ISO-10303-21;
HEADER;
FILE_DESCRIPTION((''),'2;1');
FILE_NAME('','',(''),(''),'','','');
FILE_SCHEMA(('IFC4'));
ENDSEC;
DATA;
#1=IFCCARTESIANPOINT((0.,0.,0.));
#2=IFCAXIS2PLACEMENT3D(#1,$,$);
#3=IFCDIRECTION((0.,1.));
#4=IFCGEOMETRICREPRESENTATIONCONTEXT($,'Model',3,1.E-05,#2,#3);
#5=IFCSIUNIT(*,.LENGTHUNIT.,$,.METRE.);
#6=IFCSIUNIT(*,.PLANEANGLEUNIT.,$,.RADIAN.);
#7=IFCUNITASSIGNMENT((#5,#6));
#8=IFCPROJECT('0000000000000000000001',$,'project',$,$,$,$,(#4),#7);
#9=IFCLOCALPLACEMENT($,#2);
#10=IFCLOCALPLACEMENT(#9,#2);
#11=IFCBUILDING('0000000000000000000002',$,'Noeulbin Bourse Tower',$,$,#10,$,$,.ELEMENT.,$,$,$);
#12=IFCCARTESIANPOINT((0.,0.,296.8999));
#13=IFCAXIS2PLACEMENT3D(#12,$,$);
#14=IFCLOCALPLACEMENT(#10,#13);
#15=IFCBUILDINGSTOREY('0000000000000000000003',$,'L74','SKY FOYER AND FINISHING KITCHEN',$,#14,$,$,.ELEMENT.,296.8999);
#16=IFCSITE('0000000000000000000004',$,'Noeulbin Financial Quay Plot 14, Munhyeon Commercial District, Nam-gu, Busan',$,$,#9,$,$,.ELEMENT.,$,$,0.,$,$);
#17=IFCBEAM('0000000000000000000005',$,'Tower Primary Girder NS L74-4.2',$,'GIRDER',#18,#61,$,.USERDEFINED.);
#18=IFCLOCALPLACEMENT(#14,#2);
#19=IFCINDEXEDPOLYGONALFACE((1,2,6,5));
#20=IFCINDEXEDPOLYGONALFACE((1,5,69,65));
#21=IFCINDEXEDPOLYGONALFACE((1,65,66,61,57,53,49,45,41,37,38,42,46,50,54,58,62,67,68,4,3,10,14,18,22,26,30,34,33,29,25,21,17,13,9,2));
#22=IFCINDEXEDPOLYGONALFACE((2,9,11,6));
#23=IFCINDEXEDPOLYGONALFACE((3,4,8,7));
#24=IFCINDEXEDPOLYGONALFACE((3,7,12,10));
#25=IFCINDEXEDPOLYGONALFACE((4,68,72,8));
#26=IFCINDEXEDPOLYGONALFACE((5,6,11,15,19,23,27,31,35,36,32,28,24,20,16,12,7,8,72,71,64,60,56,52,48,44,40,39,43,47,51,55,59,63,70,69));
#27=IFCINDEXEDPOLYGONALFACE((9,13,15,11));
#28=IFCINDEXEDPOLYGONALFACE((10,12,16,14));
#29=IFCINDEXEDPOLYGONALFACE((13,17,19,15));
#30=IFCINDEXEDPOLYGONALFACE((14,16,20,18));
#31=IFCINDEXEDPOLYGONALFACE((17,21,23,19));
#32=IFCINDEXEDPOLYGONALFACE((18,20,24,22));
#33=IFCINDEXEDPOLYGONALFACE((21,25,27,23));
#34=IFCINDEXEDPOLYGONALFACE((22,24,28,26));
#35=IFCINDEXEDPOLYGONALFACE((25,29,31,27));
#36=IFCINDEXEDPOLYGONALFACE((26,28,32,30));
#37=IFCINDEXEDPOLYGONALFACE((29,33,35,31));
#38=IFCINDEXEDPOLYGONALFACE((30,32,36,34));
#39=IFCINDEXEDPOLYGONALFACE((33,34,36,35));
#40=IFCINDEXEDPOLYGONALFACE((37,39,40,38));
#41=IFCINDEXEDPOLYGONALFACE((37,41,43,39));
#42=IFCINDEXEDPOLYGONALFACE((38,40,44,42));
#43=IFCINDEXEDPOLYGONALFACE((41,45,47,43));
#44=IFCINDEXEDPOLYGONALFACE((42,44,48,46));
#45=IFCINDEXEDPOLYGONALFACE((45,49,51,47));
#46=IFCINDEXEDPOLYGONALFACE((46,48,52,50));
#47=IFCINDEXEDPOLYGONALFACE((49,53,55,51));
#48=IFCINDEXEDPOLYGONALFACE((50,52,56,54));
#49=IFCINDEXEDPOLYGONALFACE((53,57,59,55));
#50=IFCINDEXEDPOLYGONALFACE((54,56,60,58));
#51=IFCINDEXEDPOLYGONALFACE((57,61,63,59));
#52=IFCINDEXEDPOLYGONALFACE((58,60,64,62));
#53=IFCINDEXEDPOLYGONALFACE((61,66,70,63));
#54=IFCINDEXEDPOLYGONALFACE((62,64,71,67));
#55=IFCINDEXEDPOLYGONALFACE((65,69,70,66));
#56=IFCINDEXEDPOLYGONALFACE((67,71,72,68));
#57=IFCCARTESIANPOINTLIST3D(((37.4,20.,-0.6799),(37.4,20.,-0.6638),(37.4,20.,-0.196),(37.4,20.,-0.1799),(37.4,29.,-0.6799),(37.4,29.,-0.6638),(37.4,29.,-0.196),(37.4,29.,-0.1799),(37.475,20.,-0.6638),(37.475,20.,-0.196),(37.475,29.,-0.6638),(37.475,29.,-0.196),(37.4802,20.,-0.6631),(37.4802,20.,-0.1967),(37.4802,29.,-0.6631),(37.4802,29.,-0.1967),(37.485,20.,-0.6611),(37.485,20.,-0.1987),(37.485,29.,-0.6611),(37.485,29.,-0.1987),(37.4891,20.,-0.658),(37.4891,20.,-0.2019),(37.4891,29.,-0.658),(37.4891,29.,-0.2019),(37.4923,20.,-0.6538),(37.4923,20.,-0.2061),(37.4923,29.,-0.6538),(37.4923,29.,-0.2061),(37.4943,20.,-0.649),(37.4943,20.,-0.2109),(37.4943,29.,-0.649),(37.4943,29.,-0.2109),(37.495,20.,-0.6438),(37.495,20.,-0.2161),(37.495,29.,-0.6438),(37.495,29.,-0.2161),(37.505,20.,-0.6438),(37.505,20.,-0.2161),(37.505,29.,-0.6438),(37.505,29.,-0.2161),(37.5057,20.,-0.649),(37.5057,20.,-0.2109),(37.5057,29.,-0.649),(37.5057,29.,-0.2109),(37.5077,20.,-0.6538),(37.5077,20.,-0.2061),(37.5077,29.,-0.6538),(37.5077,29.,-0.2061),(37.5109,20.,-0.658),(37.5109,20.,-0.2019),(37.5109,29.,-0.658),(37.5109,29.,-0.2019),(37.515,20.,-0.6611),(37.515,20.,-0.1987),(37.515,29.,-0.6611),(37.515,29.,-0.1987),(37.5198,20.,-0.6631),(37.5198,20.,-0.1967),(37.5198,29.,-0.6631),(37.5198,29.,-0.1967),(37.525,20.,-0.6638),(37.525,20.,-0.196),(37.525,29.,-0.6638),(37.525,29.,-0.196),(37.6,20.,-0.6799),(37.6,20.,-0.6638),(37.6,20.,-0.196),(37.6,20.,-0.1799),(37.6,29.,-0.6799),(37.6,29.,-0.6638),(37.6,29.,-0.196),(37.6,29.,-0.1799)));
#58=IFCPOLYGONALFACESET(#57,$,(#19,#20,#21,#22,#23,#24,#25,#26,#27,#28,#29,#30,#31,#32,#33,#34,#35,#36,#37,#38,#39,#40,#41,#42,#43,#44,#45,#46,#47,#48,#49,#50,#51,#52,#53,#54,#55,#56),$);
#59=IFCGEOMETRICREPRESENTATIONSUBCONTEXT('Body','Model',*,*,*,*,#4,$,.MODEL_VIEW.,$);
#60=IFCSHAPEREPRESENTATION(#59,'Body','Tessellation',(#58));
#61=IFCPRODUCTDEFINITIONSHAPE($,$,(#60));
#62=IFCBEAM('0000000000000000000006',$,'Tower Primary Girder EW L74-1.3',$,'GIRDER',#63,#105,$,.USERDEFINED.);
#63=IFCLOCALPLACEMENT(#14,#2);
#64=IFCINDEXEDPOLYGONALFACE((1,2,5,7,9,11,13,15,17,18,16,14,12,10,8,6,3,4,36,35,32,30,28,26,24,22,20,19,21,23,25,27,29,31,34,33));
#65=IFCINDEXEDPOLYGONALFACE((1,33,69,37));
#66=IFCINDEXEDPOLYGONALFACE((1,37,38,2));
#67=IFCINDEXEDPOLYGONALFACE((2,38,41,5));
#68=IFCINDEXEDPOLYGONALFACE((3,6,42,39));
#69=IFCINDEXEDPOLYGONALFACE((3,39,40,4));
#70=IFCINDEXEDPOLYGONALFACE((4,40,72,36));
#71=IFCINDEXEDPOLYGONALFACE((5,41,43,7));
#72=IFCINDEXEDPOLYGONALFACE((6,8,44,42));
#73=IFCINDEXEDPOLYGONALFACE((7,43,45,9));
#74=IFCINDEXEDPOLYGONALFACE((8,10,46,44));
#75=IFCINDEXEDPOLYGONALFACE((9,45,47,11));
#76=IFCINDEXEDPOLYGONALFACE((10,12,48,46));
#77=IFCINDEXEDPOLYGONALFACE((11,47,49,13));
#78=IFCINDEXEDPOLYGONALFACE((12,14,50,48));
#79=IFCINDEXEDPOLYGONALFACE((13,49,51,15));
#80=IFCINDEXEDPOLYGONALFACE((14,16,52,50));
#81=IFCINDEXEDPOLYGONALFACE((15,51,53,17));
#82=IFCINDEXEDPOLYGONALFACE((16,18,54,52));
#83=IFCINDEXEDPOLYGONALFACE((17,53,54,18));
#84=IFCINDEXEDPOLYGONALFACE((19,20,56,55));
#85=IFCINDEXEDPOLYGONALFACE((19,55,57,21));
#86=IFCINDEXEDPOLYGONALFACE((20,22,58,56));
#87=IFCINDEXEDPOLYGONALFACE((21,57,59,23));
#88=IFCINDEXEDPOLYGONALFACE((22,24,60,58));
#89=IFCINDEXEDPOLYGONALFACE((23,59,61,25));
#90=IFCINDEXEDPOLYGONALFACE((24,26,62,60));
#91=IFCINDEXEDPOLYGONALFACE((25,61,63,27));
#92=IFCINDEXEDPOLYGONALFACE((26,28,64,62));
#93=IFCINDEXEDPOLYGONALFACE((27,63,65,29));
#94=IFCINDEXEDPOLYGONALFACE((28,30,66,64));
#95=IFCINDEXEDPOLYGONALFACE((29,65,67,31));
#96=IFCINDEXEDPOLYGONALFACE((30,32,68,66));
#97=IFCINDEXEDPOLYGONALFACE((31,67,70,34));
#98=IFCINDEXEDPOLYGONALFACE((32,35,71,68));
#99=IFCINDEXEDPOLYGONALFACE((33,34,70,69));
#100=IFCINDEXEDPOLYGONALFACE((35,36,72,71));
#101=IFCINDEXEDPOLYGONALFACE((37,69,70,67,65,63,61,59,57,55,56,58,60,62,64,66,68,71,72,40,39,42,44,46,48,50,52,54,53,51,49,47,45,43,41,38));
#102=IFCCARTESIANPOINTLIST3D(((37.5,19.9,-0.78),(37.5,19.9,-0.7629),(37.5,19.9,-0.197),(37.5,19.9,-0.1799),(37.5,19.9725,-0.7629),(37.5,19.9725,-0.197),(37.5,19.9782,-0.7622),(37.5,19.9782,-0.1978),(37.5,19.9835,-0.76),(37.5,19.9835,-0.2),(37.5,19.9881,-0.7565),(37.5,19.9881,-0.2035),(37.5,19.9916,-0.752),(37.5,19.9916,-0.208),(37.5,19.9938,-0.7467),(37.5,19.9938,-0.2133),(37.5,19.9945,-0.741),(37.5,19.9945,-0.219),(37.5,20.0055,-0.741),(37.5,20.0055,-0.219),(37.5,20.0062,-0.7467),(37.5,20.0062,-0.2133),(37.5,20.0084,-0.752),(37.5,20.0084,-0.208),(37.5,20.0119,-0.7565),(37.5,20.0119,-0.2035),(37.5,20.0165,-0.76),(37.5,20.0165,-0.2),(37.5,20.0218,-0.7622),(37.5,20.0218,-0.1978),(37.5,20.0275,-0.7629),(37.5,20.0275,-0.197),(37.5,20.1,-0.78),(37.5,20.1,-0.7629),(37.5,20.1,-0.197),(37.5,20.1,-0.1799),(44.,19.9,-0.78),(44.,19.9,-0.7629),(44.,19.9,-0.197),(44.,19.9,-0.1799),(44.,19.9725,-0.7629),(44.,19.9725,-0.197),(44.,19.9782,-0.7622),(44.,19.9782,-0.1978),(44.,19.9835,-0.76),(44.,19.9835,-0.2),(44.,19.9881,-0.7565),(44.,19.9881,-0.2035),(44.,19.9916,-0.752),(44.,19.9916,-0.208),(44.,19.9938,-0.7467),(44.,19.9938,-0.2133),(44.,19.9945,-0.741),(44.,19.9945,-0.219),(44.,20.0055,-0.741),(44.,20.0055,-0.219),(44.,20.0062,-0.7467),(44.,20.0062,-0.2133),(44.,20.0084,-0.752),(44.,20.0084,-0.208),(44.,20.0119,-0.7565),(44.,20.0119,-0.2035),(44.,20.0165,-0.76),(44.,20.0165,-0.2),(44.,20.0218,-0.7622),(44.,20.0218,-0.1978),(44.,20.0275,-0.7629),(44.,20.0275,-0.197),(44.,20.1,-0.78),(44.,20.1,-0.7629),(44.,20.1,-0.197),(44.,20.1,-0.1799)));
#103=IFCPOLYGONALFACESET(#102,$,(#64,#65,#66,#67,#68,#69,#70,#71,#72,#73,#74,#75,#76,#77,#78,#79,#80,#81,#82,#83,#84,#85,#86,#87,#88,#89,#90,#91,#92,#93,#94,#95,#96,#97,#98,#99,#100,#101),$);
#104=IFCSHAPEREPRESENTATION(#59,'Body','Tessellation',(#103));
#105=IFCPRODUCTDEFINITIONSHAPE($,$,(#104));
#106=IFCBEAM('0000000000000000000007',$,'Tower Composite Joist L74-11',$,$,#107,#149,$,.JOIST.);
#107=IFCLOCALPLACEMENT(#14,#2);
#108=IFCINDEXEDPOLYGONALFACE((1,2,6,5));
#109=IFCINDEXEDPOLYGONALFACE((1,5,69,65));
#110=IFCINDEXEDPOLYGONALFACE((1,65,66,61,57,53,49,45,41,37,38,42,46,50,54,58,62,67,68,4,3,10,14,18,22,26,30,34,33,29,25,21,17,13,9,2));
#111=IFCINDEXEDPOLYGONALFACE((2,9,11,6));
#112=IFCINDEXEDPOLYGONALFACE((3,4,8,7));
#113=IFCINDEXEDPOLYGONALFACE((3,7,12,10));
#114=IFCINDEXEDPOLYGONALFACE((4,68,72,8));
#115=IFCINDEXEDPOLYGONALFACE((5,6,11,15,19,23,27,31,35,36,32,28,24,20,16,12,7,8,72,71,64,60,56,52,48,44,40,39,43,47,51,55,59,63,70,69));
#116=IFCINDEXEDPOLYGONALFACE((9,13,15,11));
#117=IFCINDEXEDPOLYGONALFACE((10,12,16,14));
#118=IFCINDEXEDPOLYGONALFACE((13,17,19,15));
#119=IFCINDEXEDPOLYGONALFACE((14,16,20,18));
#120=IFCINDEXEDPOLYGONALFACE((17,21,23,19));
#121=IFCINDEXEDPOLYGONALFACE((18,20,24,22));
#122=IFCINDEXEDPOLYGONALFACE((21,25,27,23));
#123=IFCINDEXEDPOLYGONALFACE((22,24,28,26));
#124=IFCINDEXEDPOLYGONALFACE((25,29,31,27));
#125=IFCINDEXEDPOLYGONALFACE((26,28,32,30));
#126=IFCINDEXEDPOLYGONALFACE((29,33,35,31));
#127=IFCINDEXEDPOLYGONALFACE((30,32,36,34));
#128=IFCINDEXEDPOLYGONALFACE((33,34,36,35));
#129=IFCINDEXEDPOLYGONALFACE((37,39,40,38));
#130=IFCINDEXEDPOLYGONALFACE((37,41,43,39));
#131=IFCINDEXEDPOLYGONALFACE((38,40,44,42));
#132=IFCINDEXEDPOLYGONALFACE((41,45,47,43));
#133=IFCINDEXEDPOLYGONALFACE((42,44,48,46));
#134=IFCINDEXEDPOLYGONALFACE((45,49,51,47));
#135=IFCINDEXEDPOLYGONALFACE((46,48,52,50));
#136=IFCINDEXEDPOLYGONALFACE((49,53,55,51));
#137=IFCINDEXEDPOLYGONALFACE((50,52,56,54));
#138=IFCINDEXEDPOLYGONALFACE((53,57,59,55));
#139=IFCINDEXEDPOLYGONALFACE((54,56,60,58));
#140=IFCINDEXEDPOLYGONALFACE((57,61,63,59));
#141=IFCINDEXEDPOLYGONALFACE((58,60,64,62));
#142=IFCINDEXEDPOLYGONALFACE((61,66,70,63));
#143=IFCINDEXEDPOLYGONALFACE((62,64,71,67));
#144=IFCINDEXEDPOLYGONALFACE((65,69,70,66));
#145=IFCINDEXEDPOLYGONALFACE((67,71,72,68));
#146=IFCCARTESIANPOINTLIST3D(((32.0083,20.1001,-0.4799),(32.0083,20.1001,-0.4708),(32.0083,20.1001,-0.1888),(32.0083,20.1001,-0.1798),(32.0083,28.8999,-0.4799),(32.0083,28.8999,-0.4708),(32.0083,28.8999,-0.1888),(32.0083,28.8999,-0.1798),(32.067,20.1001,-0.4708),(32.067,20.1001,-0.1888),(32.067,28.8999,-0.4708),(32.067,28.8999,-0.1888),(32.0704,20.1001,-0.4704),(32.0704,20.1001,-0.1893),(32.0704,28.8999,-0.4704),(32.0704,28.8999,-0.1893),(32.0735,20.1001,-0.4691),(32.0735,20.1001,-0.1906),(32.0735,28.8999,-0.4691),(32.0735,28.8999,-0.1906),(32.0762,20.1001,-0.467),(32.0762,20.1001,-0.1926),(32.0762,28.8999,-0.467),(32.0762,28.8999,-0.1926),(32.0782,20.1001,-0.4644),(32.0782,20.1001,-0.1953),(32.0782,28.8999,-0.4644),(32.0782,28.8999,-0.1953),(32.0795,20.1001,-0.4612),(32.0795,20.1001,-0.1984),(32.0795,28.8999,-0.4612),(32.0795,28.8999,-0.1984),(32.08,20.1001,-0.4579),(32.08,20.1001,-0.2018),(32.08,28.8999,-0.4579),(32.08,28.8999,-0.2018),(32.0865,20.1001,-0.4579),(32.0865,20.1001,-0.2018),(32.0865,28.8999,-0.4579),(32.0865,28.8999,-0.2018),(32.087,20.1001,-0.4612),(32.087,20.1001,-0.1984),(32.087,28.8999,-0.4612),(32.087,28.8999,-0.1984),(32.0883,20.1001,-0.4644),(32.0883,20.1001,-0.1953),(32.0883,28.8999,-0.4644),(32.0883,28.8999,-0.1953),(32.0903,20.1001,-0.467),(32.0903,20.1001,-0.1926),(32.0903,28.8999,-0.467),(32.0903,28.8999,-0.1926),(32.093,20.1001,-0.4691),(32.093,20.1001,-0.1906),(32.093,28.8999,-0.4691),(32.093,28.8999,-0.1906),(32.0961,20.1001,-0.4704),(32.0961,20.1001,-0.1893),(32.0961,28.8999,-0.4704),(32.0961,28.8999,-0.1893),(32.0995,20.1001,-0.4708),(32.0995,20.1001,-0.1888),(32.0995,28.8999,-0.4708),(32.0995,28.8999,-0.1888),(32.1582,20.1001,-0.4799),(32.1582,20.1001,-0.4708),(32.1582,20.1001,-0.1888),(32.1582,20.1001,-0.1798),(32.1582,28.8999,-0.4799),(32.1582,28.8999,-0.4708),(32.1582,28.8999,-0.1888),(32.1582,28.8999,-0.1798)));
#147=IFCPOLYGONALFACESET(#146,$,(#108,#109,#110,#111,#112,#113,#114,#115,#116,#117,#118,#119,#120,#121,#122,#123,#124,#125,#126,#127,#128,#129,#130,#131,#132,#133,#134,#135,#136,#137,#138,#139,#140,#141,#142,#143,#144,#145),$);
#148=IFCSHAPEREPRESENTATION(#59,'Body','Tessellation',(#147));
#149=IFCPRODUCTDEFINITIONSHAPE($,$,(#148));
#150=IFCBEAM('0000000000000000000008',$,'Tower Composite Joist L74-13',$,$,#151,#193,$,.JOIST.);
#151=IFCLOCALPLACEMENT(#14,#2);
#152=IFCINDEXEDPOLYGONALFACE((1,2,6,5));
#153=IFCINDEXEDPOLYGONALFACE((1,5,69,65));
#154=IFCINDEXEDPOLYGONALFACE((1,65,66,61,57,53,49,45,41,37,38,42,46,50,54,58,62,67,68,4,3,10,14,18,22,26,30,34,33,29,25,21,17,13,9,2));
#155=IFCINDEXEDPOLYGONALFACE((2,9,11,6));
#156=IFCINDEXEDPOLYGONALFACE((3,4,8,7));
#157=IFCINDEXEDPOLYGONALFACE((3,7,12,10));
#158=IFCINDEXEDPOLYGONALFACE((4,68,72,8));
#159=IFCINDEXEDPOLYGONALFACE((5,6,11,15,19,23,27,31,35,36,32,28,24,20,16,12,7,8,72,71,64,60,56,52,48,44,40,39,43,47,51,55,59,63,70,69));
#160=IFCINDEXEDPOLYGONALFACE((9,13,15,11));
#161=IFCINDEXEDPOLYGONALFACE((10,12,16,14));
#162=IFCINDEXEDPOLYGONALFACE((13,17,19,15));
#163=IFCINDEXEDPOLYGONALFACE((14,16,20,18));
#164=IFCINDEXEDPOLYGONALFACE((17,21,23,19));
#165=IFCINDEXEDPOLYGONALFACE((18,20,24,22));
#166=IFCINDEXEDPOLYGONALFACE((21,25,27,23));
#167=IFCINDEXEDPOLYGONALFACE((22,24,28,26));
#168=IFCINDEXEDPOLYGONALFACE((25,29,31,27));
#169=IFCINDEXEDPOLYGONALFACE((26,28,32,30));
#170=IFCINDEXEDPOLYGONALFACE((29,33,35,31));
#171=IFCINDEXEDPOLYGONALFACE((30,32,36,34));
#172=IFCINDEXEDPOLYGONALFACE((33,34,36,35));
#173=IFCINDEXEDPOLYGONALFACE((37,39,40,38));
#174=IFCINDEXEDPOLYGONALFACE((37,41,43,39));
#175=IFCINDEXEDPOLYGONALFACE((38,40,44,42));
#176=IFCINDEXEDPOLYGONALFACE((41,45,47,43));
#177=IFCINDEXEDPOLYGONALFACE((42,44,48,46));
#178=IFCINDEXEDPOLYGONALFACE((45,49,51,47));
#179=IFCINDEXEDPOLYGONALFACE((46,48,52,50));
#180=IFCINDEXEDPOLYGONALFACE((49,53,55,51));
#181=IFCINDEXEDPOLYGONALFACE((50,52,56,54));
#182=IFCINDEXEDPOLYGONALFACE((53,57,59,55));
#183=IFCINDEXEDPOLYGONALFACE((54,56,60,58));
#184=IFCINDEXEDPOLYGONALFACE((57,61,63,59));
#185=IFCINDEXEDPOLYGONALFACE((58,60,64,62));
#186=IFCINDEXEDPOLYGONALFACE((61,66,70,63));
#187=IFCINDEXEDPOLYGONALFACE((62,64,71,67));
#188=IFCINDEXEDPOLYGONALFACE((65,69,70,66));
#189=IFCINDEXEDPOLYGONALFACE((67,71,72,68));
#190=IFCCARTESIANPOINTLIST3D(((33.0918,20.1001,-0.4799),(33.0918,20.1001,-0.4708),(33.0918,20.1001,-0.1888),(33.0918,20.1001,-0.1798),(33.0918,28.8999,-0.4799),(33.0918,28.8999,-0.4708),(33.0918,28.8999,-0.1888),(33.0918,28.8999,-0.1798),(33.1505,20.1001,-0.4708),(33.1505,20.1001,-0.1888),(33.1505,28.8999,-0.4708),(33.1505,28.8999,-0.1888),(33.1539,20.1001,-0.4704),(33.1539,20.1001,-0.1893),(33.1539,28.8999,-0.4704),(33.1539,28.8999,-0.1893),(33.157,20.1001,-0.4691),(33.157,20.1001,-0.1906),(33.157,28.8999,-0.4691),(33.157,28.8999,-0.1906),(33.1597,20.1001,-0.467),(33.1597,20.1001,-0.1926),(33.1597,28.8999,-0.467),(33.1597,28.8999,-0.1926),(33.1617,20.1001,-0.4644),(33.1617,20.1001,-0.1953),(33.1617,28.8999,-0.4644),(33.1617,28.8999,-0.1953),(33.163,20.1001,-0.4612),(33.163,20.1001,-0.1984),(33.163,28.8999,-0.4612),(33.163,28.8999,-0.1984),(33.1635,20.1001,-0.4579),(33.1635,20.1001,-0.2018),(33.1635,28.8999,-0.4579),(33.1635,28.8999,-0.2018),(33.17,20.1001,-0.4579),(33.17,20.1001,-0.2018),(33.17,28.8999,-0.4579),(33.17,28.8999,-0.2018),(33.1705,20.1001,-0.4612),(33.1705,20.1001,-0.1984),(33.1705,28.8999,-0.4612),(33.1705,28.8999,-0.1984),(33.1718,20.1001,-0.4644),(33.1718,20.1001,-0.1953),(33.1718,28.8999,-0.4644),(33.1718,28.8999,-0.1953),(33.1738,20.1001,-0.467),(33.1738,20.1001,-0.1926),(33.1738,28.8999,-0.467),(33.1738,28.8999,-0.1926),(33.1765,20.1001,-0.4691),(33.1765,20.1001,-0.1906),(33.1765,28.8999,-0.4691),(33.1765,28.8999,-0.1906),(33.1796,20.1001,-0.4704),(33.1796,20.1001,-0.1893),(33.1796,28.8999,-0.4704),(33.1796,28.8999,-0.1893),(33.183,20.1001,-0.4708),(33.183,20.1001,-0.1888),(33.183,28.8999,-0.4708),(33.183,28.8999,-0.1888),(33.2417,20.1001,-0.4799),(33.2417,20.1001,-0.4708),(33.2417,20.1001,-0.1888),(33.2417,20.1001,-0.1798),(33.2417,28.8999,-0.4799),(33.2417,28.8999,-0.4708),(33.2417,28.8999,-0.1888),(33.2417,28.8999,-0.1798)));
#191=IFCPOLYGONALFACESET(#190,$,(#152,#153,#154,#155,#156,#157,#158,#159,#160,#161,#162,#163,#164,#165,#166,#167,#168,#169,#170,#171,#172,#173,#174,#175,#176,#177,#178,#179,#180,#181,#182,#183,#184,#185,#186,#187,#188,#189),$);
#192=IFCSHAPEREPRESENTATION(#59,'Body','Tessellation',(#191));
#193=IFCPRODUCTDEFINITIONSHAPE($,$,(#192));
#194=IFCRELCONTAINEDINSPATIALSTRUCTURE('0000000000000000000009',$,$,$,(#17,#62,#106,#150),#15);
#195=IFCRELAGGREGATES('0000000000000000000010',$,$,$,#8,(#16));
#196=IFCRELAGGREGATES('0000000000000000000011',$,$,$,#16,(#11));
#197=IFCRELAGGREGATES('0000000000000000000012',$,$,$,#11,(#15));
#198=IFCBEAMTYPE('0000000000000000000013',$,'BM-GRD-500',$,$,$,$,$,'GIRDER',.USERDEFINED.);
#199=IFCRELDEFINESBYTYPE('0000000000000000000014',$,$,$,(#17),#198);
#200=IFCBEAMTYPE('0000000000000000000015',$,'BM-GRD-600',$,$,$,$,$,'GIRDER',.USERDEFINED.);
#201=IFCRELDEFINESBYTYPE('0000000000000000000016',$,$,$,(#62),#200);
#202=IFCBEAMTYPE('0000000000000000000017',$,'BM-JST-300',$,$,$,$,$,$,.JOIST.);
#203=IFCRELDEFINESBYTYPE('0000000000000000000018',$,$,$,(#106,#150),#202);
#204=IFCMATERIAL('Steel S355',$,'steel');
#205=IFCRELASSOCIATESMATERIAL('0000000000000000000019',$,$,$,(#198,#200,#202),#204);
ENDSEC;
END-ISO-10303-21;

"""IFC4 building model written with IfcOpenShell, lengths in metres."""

from ifc_helpers import new_model, si_unit, direction, frame, origin, origin_2d, place, context, subcontext, project, spatial, i_section, extrude, material, material_profile, profile_set, type_object, element, save


model = new_model("IFC4")

# Units and contexts
model_context = context("Model", 3, precision=1e-05, world=origin(), true_north=direction((0.0, 1.0)))
body_context = subcontext(model_context, "Body", "Model", "MODEL_VIEW")
ifc_project = project(units=[si_unit("LENGTHUNIT", "METRE"), si_unit("PLANEANGLEUNIT", "RADIAN")], contexts=[model_context])

# Site, building, storey
site_placement = place(None, origin())
site = spatial("IfcSite", under=ifc_project, at=site_placement, Name="Noeulbin Financial Quay Plot 14, Munhyeon Commercial District, Nam-gu, Busan", CompositionType="ELEMENT", RefElevation=0.0)
building_placement = place(site_placement, origin())
building = spatial("IfcBuilding", under=site, at=building_placement, Name="Noeulbin Bourse Tower", CompositionType="ELEMENT")
storey_placement = place(building_placement, frame((0.0, 0.0, 296.8999)))
storey = spatial("IfcBuildingStorey", under=building, at=storey_placement, Name="L74", Description="SKY FOYER AND FINISHING KITCHEN", CompositionType="ELEMENT", Elevation=296.8999)

# Shared definitions
ifc_material_1 = material(Name="Steel S355", Category="steel")

# Beams
ifc_material_profile_1 = material_profile(ifc_material_1, i_section(OverallWidth=0.2, OverallDepth=0.5, WebThickness=0.01, FlangeThickness=0.0161, FilletRadius=0.02, at=origin_2d()), Name="H-500x200x10x16", Category="LoadBearing")
ifc_profile_set_1 = profile_set([ifc_material_profile_1], Name="Steel S355")
beam_type_1 = type_object("IfcBeamType", Name="BM-GRD-500", ElementType="GIRDER", PredefinedType="USERDEFINED", material=ifc_profile_set_1)
beam_1_placement = place(storey_placement, frame((37.5, 20.0, -0.4299), z_axis=(0.0, 1.0, 0.0), x_axis=(-1.0, 0.0, 0.0)))
element("IfcBeam", 1, at=beam_1_placement, inside=storey, type_object=beam_type_1, Name="Tower Primary Girder NS L74-4.2", ObjectType="GIRDER", PredefinedType="USERDEFINED", context=body_context, shape_type="SweptSolid", body=[
    extrude(i_section(OverallWidth=0.2, OverallDepth=0.5, WebThickness=0.01, FlangeThickness=0.0161, FilletRadius=0.02, at=origin_2d()), origin(), (0.0, 0.0, 1.0), 9.0),
])
ifc_material_profile_2 = material_profile(ifc_material_1, i_section(OverallWidth=0.2, OverallDepth=0.6001, WebThickness=0.011, FlangeThickness=0.0171, FilletRadius=0.022, at=origin_2d()), Name="H-600x200x11x17", Category="LoadBearing")
ifc_profile_set_2 = profile_set([ifc_material_profile_2], Name="Steel S355")
beam_type_2 = type_object("IfcBeamType", Name="BM-GRD-600", ElementType="GIRDER", PredefinedType="USERDEFINED", material=ifc_profile_set_2)
beam_2_placement = place(storey_placement, frame((37.5, 20.0, -0.48), z_axis=(1.0, 0.0, 0.0), x_axis=(0.0, 1.0, 0.0)))
element("IfcBeam", 2, at=beam_2_placement, inside=storey, type_object=beam_type_2, Name="Tower Primary Girder EW L74-1.3", ObjectType="GIRDER", PredefinedType="USERDEFINED", context=body_context, shape_type="SweptSolid", body=[
    extrude(i_section(OverallWidth=0.2, OverallDepth=0.6001, WebThickness=0.011, FlangeThickness=0.0171, FilletRadius=0.022, at=origin_2d()), origin(), (0.0, 0.0, 1.0), 6.5),
])
ifc_material_profile_3 = material_profile(ifc_material_1, i_section(OverallWidth=0.1499, OverallDepth=0.3, WebThickness=0.0066, FlangeThickness=0.009, FilletRadius=0.0129, at=origin_2d()), Name="H-300x150x6.5x9", Category="LoadBearing")
ifc_profile_set_3 = profile_set([ifc_material_profile_3], Name="Steel S355")
beam_type_3 = type_object("IfcBeamType", Name="BM-JST-300", PredefinedType="JOIST", material=ifc_profile_set_3)
for number, where, z_axis, x_axis, name in (
    (3, (32.0833, 20.1001, -0.3298), (0.0, 1.0, 0.0), (-1.0, 0.0, 0.0), "Tower Composite Joist L74-11"),
    (4, (33.1667, 20.1001, -0.3298), (0.0, 1.0, 0.0), (-1.0, 0.0, 0.0), "Tower Composite Joist L74-13"),
):
    element("IfcBeam", number, at=place(storey_placement, frame(where, z_axis=z_axis, x_axis=x_axis)), inside=storey, type_object=beam_type_3, Name=name, PredefinedType="JOIST", context=body_context, shape_type="SweptSolid", body=[
        extrude(i_section(OverallWidth=0.1499, OverallDepth=0.3, WebThickness=0.0066, FlangeThickness=0.009, FilletRadius=0.0129, at=origin_2d()), origin(), (0.0, 0.0, 1.0), 8.7998),
    ])

save(model, "model.ifc")
